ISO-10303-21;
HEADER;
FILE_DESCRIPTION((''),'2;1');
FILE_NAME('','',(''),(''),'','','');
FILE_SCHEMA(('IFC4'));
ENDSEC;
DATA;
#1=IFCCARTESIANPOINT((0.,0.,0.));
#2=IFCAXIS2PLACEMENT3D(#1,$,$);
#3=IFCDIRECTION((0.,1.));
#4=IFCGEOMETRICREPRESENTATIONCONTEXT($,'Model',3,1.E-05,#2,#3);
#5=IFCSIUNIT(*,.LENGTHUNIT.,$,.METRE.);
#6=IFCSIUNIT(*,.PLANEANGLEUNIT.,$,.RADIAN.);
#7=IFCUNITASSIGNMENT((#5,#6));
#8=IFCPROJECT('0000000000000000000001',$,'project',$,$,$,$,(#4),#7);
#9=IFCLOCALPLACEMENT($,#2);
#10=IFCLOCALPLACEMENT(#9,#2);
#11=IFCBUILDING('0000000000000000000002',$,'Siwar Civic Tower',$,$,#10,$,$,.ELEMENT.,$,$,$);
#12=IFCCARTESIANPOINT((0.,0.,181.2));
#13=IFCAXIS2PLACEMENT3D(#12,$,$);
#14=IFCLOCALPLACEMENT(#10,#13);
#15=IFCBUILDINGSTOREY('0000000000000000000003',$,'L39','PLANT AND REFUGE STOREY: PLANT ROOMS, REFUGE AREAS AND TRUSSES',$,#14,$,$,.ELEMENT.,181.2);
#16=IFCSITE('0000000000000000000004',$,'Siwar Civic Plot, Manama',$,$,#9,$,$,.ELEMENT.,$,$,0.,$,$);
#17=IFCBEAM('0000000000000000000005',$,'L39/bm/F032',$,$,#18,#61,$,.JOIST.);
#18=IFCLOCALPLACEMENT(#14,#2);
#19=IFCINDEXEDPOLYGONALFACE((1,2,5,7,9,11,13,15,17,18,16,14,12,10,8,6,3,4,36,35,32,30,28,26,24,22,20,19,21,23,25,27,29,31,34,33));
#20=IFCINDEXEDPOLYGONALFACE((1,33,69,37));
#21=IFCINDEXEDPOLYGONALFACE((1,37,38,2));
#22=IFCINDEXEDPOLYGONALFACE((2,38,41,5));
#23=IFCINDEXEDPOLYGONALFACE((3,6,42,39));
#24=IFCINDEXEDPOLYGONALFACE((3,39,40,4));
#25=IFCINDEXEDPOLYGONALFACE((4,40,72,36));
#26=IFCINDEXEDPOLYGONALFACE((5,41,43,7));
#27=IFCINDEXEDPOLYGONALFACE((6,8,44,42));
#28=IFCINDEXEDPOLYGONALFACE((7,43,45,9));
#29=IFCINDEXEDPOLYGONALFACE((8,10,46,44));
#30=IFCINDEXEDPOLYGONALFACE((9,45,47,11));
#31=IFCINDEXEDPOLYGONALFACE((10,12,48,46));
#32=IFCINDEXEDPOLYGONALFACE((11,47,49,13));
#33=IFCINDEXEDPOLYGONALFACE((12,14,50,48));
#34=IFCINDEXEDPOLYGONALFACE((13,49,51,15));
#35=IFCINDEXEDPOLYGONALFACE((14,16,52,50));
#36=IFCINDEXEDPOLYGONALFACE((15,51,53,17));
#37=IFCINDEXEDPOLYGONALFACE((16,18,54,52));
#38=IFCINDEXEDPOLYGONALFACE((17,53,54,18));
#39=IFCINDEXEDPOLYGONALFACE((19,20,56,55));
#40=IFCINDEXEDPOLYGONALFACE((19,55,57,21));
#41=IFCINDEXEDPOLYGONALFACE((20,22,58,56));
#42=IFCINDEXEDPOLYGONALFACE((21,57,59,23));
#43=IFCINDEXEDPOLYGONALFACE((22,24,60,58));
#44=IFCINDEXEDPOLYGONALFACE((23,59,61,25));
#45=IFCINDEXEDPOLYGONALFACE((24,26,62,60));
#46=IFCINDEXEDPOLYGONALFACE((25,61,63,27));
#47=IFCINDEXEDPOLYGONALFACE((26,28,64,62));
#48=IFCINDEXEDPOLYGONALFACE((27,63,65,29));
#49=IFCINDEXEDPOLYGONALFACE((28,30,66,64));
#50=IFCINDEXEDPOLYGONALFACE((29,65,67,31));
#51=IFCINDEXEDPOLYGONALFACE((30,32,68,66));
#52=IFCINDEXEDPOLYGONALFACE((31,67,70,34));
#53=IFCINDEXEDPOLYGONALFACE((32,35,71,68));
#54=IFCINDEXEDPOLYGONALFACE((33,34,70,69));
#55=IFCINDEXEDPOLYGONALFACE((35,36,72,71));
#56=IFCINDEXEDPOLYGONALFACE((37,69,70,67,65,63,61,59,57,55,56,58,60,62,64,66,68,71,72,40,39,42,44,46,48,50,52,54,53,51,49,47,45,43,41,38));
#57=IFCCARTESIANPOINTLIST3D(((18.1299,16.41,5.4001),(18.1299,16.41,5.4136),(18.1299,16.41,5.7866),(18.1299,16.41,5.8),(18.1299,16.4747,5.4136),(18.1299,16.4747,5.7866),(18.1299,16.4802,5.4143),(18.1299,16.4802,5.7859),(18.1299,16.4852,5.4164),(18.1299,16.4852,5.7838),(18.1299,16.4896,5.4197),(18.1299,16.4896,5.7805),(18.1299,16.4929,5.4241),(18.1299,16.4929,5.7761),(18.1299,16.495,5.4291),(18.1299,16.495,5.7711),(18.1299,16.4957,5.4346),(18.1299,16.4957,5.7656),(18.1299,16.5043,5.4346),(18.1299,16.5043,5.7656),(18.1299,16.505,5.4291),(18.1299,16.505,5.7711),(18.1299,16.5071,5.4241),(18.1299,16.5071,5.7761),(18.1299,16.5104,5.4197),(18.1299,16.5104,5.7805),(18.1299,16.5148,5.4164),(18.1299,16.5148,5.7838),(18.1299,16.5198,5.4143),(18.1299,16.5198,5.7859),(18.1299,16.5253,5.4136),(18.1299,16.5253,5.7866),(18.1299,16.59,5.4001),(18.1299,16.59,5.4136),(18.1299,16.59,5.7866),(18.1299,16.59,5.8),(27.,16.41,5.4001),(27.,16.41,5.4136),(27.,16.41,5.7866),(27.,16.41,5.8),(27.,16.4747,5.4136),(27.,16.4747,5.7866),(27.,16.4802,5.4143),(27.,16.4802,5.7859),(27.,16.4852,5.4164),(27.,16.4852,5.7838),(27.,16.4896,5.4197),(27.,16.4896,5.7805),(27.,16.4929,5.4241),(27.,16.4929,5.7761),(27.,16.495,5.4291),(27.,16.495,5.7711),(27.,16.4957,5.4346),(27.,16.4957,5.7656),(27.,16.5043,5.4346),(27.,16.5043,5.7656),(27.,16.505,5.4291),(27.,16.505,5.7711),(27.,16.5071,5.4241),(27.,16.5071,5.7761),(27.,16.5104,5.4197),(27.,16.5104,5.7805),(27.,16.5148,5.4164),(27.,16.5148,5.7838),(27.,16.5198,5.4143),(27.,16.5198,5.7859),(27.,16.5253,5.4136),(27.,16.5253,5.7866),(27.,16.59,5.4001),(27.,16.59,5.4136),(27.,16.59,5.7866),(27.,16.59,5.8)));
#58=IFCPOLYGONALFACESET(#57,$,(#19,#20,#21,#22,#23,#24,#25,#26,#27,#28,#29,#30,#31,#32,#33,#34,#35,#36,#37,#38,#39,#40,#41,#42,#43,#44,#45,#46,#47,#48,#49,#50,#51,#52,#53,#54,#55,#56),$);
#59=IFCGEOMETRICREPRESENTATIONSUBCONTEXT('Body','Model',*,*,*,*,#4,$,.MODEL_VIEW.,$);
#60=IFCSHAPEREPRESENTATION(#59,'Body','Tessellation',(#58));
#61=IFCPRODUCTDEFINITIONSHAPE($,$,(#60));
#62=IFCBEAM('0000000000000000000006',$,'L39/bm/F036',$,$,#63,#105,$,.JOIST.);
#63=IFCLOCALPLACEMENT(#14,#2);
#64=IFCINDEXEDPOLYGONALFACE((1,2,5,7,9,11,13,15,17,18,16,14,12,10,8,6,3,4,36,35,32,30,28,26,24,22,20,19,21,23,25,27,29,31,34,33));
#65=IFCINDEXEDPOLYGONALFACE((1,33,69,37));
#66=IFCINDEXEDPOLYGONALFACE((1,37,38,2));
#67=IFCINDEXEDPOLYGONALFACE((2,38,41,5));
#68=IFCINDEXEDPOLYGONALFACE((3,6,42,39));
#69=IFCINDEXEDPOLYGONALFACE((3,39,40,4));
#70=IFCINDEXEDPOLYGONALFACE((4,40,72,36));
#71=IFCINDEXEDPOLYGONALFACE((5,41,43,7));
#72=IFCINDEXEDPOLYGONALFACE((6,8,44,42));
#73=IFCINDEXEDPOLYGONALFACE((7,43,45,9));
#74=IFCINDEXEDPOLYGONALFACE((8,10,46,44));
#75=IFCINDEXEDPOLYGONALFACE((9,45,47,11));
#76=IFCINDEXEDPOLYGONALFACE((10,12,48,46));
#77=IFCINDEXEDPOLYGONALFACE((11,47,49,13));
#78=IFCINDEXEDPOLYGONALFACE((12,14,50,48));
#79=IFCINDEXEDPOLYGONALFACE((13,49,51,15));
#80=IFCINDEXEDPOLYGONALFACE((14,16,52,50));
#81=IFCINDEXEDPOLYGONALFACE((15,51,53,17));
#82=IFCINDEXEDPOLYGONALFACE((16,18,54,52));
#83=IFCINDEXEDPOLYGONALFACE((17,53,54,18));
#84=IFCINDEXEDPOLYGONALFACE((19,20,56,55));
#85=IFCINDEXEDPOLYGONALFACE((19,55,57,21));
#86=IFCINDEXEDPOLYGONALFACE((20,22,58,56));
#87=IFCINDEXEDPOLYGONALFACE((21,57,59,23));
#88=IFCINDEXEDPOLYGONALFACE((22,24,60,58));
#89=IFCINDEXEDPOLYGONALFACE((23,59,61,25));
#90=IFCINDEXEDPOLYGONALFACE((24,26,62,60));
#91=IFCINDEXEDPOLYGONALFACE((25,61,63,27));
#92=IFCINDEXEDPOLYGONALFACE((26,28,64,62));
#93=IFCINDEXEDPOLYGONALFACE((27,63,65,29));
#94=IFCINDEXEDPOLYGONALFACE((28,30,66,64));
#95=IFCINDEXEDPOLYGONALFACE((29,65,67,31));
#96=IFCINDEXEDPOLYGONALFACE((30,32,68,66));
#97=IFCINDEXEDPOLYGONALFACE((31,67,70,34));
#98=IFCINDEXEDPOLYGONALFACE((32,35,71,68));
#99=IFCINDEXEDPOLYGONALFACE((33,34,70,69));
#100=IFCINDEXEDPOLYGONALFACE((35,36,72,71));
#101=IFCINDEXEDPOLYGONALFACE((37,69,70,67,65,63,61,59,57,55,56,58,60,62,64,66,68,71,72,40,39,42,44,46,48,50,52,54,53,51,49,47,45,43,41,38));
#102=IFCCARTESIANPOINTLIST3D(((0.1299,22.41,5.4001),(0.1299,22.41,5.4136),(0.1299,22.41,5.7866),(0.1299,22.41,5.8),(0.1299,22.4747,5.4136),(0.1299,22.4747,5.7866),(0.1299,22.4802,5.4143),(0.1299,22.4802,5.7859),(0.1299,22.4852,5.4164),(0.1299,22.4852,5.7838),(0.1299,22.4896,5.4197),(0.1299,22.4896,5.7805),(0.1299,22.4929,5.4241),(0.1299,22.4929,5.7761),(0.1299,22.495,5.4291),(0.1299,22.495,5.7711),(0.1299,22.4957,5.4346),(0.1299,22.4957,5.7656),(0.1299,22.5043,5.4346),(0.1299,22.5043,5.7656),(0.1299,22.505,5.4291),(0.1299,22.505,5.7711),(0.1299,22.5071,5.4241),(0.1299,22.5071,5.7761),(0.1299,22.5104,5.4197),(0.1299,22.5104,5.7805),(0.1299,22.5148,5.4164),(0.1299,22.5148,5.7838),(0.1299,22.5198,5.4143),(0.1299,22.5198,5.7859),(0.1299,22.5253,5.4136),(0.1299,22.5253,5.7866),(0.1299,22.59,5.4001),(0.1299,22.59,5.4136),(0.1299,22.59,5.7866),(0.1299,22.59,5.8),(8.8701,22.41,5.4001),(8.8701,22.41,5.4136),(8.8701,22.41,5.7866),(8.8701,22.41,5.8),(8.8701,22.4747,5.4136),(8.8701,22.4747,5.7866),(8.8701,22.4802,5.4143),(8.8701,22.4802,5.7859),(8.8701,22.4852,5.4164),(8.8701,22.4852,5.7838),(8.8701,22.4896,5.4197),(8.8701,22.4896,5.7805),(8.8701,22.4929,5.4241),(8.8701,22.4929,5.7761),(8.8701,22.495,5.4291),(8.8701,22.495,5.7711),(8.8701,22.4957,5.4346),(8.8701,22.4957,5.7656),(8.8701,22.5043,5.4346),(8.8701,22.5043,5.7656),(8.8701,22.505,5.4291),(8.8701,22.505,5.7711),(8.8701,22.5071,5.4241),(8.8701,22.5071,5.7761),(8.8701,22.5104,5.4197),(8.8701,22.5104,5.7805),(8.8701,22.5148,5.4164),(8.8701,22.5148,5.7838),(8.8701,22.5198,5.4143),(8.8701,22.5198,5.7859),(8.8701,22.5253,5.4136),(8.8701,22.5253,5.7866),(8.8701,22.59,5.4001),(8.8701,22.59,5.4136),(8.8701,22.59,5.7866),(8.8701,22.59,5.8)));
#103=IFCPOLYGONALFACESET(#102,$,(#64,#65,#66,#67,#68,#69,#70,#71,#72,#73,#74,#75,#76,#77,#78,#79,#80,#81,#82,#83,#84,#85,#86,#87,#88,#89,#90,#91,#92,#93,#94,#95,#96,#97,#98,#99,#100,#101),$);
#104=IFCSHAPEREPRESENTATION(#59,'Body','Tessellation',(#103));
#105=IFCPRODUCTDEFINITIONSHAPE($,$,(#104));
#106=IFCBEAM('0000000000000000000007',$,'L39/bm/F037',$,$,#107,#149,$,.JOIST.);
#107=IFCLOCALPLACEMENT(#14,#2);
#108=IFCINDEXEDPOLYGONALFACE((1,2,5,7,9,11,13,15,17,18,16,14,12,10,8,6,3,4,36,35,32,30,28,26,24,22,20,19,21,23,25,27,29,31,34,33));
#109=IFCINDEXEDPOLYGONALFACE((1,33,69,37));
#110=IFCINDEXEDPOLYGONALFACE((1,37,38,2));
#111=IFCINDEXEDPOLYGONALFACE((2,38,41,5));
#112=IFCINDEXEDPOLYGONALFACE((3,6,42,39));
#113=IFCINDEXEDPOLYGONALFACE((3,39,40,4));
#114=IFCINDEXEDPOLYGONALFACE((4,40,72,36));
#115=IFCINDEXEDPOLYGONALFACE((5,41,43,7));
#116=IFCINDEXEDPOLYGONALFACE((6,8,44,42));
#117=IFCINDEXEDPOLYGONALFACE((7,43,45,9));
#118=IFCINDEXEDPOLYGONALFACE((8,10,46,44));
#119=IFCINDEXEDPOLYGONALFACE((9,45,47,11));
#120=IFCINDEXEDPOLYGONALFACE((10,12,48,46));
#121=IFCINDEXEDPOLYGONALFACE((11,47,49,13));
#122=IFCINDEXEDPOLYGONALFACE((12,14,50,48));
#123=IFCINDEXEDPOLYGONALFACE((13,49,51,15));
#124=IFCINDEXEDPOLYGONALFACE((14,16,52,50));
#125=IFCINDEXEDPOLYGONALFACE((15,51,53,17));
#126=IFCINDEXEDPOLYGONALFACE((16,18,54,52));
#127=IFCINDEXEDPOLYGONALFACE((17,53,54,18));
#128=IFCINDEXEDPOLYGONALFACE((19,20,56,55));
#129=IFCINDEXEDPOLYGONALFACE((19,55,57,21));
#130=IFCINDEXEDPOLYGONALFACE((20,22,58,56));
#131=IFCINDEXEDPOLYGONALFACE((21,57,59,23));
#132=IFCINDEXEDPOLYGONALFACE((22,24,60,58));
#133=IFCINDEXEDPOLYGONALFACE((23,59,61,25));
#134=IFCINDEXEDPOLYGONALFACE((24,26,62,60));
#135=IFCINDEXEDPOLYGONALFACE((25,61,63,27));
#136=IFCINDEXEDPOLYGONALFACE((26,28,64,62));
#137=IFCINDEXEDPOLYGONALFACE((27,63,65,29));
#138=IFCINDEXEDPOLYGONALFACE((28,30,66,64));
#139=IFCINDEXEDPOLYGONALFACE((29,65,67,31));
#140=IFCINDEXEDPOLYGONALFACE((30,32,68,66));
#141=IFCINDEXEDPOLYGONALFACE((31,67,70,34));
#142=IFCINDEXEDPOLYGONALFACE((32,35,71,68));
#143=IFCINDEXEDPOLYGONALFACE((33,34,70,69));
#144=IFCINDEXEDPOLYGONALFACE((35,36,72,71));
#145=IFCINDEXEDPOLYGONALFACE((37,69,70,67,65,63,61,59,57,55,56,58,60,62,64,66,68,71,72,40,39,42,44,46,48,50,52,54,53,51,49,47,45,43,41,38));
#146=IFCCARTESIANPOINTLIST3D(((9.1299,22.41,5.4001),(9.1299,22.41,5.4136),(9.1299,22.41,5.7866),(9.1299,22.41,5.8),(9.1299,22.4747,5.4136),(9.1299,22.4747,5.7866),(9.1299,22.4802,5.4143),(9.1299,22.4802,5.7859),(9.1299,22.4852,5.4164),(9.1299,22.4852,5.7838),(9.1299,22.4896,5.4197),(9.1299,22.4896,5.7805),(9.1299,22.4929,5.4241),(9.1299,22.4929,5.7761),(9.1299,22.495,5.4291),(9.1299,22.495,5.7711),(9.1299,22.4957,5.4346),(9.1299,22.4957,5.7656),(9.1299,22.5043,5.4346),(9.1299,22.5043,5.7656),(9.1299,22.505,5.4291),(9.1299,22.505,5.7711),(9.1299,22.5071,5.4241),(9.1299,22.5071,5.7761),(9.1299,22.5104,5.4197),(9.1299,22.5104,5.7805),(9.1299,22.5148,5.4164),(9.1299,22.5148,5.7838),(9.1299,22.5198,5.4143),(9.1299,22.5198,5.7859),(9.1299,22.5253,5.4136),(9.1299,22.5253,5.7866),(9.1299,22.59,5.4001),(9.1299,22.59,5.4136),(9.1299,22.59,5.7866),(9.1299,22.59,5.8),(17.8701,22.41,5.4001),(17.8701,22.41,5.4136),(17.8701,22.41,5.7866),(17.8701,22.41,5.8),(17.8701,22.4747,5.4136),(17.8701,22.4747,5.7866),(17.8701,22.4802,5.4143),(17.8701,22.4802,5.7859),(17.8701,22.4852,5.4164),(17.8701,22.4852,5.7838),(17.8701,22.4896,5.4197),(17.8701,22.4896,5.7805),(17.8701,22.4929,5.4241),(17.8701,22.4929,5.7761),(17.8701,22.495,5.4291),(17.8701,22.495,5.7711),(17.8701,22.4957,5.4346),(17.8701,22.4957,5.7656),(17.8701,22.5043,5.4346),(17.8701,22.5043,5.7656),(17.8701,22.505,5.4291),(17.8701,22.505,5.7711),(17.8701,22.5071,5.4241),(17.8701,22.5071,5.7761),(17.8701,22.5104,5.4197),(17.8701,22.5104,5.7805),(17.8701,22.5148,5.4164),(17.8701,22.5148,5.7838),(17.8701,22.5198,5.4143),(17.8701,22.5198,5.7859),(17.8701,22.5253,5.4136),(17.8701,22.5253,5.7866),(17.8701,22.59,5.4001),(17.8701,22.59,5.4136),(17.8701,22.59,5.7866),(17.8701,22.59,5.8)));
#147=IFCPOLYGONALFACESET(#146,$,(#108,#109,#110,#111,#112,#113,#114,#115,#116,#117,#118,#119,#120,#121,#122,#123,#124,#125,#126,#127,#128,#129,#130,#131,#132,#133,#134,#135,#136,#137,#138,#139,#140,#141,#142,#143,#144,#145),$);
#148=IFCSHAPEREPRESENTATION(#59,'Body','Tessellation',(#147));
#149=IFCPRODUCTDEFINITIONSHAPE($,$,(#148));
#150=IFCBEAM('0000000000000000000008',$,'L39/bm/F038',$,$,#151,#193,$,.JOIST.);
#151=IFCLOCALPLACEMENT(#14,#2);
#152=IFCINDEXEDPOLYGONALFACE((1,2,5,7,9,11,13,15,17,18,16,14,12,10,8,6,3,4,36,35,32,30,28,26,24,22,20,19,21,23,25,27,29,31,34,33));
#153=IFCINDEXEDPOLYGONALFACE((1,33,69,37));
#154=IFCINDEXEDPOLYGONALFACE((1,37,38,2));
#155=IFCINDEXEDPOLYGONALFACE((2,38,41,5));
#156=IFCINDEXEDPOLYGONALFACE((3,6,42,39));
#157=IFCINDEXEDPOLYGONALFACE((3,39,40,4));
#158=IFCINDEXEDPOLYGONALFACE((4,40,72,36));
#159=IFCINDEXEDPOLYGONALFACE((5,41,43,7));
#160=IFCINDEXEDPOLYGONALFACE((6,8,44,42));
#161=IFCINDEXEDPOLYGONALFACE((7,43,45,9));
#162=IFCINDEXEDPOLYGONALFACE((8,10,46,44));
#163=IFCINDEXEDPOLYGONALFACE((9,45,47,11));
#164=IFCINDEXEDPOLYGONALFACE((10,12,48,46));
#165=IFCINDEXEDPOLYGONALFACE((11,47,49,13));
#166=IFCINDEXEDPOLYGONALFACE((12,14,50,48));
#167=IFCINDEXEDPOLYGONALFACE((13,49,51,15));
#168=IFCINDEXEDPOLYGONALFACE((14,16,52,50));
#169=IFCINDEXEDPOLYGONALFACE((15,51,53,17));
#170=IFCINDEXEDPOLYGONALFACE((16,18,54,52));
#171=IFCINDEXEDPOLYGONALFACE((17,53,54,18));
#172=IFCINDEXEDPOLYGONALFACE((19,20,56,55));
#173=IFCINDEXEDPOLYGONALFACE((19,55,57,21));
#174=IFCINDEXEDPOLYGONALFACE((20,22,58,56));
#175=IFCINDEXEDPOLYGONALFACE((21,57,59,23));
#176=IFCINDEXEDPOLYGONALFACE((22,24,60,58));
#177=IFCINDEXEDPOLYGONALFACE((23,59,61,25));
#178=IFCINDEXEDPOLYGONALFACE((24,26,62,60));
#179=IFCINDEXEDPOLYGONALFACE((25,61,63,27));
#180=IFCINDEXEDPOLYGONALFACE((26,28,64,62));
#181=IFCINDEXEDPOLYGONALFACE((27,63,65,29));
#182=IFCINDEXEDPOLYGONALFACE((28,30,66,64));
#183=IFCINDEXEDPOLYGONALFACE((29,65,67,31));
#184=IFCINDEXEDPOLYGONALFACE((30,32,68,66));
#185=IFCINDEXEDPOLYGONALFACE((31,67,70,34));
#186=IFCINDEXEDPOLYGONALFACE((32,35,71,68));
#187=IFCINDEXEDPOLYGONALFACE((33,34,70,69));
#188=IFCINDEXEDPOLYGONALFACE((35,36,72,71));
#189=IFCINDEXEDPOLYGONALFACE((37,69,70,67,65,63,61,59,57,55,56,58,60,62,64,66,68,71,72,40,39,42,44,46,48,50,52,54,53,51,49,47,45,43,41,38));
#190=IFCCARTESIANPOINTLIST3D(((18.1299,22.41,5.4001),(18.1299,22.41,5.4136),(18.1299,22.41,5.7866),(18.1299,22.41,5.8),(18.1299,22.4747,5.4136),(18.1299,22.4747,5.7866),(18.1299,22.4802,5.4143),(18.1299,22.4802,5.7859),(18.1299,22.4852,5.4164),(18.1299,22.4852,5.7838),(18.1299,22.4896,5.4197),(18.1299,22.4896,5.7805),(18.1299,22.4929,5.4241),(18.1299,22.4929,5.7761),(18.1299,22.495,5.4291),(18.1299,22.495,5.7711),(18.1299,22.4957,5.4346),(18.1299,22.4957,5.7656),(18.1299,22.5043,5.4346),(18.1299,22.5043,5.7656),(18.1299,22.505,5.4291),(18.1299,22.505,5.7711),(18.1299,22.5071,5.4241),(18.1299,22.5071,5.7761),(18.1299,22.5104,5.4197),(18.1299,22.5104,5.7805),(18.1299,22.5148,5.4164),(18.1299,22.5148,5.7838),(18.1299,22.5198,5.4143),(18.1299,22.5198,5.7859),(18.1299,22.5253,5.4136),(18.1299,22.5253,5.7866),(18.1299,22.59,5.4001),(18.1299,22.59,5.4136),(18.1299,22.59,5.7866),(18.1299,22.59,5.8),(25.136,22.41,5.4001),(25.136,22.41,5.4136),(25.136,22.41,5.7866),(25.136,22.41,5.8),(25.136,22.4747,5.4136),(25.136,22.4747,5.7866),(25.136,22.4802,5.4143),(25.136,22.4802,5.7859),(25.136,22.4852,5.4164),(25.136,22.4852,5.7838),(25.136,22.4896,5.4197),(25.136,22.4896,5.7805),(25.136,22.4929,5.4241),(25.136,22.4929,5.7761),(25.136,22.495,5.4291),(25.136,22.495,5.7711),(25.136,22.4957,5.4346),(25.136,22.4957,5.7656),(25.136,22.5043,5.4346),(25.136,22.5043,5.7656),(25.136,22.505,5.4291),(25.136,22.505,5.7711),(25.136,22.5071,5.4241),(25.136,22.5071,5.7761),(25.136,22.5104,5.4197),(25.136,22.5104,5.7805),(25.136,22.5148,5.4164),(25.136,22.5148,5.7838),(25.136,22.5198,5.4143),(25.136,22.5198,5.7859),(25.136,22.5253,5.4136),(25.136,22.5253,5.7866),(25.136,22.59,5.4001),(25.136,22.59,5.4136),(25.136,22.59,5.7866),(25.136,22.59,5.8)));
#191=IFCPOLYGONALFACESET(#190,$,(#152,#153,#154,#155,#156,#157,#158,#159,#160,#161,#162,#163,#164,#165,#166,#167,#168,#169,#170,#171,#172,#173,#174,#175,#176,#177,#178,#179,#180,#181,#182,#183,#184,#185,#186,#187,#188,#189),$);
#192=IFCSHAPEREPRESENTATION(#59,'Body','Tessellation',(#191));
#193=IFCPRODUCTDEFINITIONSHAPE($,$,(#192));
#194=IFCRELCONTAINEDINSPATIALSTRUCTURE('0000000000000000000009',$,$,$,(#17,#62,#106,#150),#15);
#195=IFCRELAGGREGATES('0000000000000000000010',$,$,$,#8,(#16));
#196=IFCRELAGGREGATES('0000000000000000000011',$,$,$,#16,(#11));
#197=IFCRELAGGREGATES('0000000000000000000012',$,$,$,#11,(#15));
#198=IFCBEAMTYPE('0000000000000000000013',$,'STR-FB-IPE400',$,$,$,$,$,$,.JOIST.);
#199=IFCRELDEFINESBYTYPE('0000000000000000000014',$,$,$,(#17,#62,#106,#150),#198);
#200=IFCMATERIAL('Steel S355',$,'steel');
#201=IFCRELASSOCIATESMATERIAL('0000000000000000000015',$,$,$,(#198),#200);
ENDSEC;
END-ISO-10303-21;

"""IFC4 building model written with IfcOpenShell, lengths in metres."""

from ifc_helpers import new_model, si_unit, direction, frame, origin, origin_2d, place, context, subcontext, project, spatial, i_section, extrude, material, material_profile, profile_set, type_object, element, save


model = new_model("IFC4")

# Units and contexts
model_context = context("Model", 3, precision=1e-05, world=origin(), true_north=direction((0.0, 1.0)))
body_context = subcontext(model_context, "Body", "Model", "MODEL_VIEW")
ifc_project = project(units=[si_unit("LENGTHUNIT", "METRE"), si_unit("PLANEANGLEUNIT", "RADIAN")], contexts=[model_context])

# Site, building, storey
site_placement = place(None, origin())
site = spatial("IfcSite", under=ifc_project, at=site_placement, Name="Siwar Civic Plot, Manama", CompositionType="ELEMENT", RefElevation=0.0)
building_placement = place(site_placement, origin())
building = spatial("IfcBuilding", under=site, at=building_placement, Name="Siwar Civic Tower", CompositionType="ELEMENT")
storey_placement = place(building_placement, frame((0.0, 0.0, 181.2)))
storey = spatial("IfcBuildingStorey", under=building, at=storey_placement, Name="L39", Description="PLANT AND REFUGE STOREY: PLANT ROOMS, REFUGE AREAS AND TRUSSES", CompositionType="ELEMENT", Elevation=181.2)

# Beams
ifc_material_1 = material(Name="Steel S355", Category="steel")
ifc_material_profile_1 = material_profile(ifc_material_1, i_section(OverallWidth=0.1799, OverallDepth=0.3999, WebThickness=0.0085, FlangeThickness=0.0134, FilletRadius=0.021, at=origin_2d()), Name="IPE400")
ifc_profile_set_1 = profile_set([ifc_material_profile_1], Name="Steel S355")
beam_type_1 = type_object("IfcBeamType", Name="STR-FB-IPE400", PredefinedType="JOIST", material=ifc_profile_set_1)
beam_1_placement = place(storey_placement, frame((18.1299, 16.5, 5.6001), z_axis=(1.0, 0.0, 0.0), x_axis=(0.0, 1.0, 0.0)))
element("IfcBeam", 1, at=beam_1_placement, inside=storey, type_object=beam_type_1, Name="L39/bm/F032", PredefinedType="JOIST", context=body_context, shape_type="SweptSolid", body=[
    extrude(i_section(OverallWidth=0.1799, OverallDepth=0.3999, WebThickness=0.0085, FlangeThickness=0.0134, FilletRadius=0.021, at=origin_2d()), origin(), (0.0, 0.0, 1.0), 8.8701),
])
for number, where, z_axis, x_axis, name in (
    (2, (0.1299, 22.5, 5.6001), (1.0, 0.0, 0.0), (0.0, 1.0, 0.0), "L39/bm/F036"),
    (3, (9.1299, 22.5, 5.6001), (1.0, 0.0, 0.0), (0.0, 1.0, 0.0), "L39/bm/F037"),
):
    element("IfcBeam", number, at=place(storey_placement, frame(where, z_axis=z_axis, x_axis=x_axis)), inside=storey, type_object=beam_type_1, Name=name, PredefinedType="JOIST", context=body_context, shape_type="SweptSolid", body=[
        extrude(i_section(OverallWidth=0.1799, OverallDepth=0.3999, WebThickness=0.0085, FlangeThickness=0.0134, FilletRadius=0.021, at=origin_2d()), origin(), (0.0, 0.0, 1.0), 8.7402),
    ])
beam_2_placement = place(storey_placement, frame((18.1299, 22.5, 5.6001), z_axis=(1.0, 0.0, 0.0), x_axis=(0.0, 1.0, 0.0)))
element("IfcBeam", 4, at=beam_2_placement, inside=storey, type_object=beam_type_1, Name="L39/bm/F038", PredefinedType="JOIST", context=body_context, shape_type="SweptSolid", body=[
    extrude(i_section(OverallWidth=0.1799, OverallDepth=0.3999, WebThickness=0.0085, FlangeThickness=0.0134, FilletRadius=0.021, at=origin_2d()), origin(), (0.0, 0.0, 1.0), 7.0061),
])

save(model, "model.ifc")
